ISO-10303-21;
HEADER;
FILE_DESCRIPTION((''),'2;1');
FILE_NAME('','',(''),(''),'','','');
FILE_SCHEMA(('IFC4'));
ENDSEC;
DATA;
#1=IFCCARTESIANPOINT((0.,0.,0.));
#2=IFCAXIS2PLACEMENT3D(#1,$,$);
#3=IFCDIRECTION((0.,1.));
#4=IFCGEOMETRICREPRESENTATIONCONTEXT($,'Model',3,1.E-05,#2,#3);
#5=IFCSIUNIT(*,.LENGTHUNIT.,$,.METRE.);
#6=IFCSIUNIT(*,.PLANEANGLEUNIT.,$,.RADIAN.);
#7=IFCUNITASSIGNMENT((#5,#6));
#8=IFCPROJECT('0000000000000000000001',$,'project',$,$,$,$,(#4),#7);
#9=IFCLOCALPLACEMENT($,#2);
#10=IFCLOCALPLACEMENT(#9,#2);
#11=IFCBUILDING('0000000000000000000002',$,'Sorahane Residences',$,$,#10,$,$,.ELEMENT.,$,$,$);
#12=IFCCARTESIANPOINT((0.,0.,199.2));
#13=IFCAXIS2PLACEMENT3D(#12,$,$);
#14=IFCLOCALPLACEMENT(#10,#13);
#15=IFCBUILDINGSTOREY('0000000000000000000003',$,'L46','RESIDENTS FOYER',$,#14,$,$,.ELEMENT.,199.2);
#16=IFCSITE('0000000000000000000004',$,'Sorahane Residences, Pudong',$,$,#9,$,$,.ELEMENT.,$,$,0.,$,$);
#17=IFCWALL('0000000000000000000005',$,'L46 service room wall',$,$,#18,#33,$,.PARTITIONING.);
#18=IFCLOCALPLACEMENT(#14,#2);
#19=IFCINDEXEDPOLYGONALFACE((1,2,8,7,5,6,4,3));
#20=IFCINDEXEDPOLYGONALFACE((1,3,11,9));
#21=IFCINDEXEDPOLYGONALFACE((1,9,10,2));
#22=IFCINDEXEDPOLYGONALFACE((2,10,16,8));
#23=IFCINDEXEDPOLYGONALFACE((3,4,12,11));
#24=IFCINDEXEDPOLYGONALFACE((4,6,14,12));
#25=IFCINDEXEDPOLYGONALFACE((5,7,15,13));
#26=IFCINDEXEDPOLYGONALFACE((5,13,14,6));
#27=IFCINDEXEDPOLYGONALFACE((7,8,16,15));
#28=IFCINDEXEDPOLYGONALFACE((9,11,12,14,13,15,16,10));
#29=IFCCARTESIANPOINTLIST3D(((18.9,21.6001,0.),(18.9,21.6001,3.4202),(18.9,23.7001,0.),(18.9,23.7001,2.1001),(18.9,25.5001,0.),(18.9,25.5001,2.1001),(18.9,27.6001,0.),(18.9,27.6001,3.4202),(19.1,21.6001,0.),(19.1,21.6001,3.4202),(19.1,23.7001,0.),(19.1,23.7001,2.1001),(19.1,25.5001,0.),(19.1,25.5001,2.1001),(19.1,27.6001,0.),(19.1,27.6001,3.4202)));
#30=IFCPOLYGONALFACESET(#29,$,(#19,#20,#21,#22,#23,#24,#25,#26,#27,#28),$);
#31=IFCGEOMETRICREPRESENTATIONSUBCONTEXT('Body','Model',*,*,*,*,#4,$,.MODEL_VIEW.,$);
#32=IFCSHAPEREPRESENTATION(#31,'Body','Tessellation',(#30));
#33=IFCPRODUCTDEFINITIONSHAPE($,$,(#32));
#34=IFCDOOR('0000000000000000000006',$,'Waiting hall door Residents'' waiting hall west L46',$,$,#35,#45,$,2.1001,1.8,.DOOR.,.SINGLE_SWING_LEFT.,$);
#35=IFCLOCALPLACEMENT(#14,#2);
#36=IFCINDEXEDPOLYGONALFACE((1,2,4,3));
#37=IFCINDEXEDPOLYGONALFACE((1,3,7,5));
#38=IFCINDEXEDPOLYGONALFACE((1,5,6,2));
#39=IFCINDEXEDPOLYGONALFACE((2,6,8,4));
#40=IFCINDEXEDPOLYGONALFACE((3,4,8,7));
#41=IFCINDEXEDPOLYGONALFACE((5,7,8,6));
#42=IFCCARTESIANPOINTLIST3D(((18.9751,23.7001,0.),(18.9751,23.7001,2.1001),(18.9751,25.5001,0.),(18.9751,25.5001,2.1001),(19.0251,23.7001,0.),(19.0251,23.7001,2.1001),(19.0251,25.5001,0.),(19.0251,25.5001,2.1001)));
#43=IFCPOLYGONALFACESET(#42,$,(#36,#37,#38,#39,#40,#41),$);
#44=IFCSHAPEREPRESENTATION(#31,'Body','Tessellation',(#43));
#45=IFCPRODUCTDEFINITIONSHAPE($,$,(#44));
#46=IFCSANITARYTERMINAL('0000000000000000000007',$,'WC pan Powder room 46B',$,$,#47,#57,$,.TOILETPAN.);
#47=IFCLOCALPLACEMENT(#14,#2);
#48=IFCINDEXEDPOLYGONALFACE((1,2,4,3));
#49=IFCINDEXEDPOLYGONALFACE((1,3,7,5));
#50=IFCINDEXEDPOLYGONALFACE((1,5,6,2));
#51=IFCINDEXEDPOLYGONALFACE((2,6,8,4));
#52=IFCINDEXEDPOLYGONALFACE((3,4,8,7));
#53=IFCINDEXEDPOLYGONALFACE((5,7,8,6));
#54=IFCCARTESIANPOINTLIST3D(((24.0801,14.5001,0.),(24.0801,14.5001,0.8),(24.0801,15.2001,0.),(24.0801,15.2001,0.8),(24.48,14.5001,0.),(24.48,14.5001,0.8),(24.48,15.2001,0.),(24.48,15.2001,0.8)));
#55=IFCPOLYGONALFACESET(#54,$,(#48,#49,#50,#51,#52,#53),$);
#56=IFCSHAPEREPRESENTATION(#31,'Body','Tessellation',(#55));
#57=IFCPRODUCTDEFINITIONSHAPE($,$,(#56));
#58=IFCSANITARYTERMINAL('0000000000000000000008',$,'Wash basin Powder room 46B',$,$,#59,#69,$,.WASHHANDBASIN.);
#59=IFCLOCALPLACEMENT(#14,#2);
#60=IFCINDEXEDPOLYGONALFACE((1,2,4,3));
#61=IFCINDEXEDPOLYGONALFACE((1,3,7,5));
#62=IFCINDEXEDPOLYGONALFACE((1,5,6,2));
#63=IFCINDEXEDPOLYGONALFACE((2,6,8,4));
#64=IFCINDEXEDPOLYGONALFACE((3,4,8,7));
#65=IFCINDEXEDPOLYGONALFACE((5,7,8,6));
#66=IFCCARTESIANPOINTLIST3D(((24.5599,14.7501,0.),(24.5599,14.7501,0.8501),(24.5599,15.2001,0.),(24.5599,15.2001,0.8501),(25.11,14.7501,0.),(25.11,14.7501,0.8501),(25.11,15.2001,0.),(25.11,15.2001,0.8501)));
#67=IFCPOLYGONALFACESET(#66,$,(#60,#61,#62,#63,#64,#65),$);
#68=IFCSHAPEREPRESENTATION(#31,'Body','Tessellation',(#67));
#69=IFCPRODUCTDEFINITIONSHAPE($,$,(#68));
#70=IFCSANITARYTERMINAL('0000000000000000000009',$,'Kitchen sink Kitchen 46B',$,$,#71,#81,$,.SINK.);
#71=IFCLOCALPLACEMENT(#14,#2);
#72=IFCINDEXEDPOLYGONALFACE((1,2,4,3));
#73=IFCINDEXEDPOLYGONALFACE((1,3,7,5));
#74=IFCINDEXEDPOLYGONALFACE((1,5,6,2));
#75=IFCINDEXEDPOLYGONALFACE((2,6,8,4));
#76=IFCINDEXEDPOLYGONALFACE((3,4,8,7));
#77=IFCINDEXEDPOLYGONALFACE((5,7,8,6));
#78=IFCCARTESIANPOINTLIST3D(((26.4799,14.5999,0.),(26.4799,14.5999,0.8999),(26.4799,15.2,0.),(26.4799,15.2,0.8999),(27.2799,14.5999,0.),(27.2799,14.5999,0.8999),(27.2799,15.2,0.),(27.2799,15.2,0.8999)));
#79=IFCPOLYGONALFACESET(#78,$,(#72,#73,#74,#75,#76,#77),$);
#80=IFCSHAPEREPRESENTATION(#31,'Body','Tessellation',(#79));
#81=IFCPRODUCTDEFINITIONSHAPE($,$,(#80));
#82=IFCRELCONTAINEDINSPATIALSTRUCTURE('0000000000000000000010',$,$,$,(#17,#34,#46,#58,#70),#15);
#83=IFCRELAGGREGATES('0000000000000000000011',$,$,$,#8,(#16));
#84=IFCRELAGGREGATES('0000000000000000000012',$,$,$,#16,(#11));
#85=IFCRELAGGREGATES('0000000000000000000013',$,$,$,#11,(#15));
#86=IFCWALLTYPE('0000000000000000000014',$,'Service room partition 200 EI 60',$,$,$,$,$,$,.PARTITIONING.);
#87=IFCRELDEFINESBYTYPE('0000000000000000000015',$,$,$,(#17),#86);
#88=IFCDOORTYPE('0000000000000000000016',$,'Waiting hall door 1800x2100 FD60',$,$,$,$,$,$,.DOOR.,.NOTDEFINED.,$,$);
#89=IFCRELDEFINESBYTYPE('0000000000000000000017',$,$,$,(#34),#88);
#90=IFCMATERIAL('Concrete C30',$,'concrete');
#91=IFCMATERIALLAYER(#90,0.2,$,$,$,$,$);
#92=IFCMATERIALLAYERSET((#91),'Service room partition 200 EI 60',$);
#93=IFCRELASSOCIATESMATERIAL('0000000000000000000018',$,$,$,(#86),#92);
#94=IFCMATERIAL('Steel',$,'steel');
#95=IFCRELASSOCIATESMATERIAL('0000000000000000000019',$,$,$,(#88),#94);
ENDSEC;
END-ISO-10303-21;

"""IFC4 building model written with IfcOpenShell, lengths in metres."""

from ifc_helpers import new_model, si_unit, direction, frame, frame_2d, origin, origin_2d, place, context, subcontext, project, spatial, rectangle, extrude, material, layer, layer_set, type_object, element, fill, save


model = new_model("IFC4")

# Units and contexts
model_context = context("Model", 3, precision=1e-05, world=origin(), true_north=direction((0.0, 1.0)))
body_context = subcontext(model_context, "Body", "Model", "MODEL_VIEW")
ifc_project = project(units=[si_unit("LENGTHUNIT", "METRE"), si_unit("PLANEANGLEUNIT", "RADIAN")], contexts=[model_context])

# Site, building, storey
site_placement = place(None, origin())
site = spatial("IfcSite", under=ifc_project, at=site_placement, Name="Sorahane Residences, Pudong", CompositionType="ELEMENT", RefElevation=0.0)
building_placement = place(site_placement, origin())
building = spatial("IfcBuilding", under=site, at=building_placement, Name="Sorahane Residences", CompositionType="ELEMENT")
storey_placement = place(building_placement, frame((0.0, 0.0, 199.2)))
storey = spatial("IfcBuildingStorey", under=building, at=storey_placement, Name="L46", Description="RESIDENTS FOYER", CompositionType="ELEMENT", Elevation=199.2)

# Wall, opening, door
ifc_material_1 = material(Name="Concrete C30", Category="concrete")
ifc_layer_1 = layer(ifc_material_1, 0.2)
ifc_layer_set_1 = layer_set([ifc_layer_1], Name="Service room partition 200 EI 60")
wall_type_1 = type_object("IfcWallType", Name="Service room partition 200 EI 60", PredefinedType="PARTITIONING", material=ifc_layer_set_1)
wall_1_placement = place(storey_placement, frame((19.0, 21.6001, 0.0), z_axis=(0.0, 0.0, 1.0), x_axis=(0.0, 1.0, 0.0)))
wall_1 = element("IfcWall", 1, at=wall_1_placement, inside=storey, type_object=wall_type_1, Name="L46 service room wall", PredefinedType="PARTITIONING", context=body_context, shape_type="SweptSolid", body=[
    extrude(rectangle(XDim=6.0, YDim=0.2, at=frame_2d((3.0, 0.0))), origin(), (0.0, 0.0, 1.0), 3.4202),
])
opening_1_placement = place(wall_1_placement, frame((2.1001, 0.0, 0.0)))
opening_1 = element("IfcOpeningElement", 2, at=opening_1_placement, cuts=wall_1, PredefinedType="OPENING", context=body_context, shape_type="SweptSolid", body=[
    extrude(rectangle(XDim=1.8, YDim=2.1001, at=frame_2d((0.8999, 1.05))), frame((0.0, 0.1099, 0.0), z_axis=(0.0, -1.0, 0.0), x_axis=(1.0, 0.0, 0.0)), (0.0, 0.0, 1.0), 0.22),
])
ifc_material_2 = material(Name="Steel", Category="steel")
door_type_1 = type_object("IfcDoorType", Name="Waiting hall door 1800x2100 FD60", OperationType="NOTDEFINED", PredefinedType="DOOR", material=ifc_material_2)
door_1_placement = place(opening_1_placement, origin())
door_1 = element("IfcDoor", 3, at=door_1_placement, inside=storey, type_object=door_type_1, Name="Waiting hall door Residents' waiting hall west L46", OperationType="SINGLE_SWING_LEFT", OverallHeight=2.1001, OverallWidth=1.8, PredefinedType="DOOR", context=body_context, shape_type="SweptSolid", body=[
    extrude(rectangle(XDim=1.8, YDim=2.1001, at=frame_2d((0.8999, 1.05))), frame((0.0, 0.0249, 0.0), z_axis=(0.0, -1.0, 0.0), x_axis=(1.0, 0.0, 0.0)), (0.0, 0.0, 1.0), 0.05),
])
fill(opening_1, door_1)

# Sanitary terminals
sanitary_terminal_1_placement = place(storey_placement, frame((24.28, 14.8501, 0.0), z_axis=(0.0, 0.0, 1.0), x_axis=(1.0, 0.0, 0.0)))
element("IfcSanitaryTerminal", 4, at=sanitary_terminal_1_placement, inside=storey, Name="WC pan Powder room 46B", PredefinedType="TOILETPAN", context=body_context, shape_type="SweptSolid", body=[
    extrude(rectangle(XDim=0.3999, YDim=0.7, at=origin_2d()), origin(), (0.0, 0.0, 1.0), 0.8),
])
sanitary_terminal_2_placement = place(storey_placement, frame((24.835, 14.9751, 0.0), z_axis=(0.0, 0.0, 1.0), x_axis=(1.0, 0.0, 0.0)))
element("IfcSanitaryTerminal", 5, at=sanitary_terminal_2_placement, inside=storey, Name="Wash basin Powder room 46B", PredefinedType="WASHHANDBASIN", context=body_context, shape_type="SweptSolid", body=[
    extrude(rectangle(XDim=0.55, YDim=0.45, at=origin_2d()), origin(), (0.0, 0.0, 1.0), 0.8501),
])
sanitary_terminal_3_placement = place(storey_placement, frame((26.8799, 14.8999, 0.0), z_axis=(0.0, 0.0, 1.0), x_axis=(1.0, 0.0, 0.0)))
element("IfcSanitaryTerminal", 6, at=sanitary_terminal_3_placement, inside=storey, Name="Kitchen sink Kitchen 46B", PredefinedType="SINK", context=body_context, shape_type="SweptSolid", body=[
    extrude(rectangle(XDim=0.8, YDim=0.6001, at=origin_2d()), origin(), (0.0, 0.0, 1.0), 0.8999),
])

save(model, "model.ifc")
